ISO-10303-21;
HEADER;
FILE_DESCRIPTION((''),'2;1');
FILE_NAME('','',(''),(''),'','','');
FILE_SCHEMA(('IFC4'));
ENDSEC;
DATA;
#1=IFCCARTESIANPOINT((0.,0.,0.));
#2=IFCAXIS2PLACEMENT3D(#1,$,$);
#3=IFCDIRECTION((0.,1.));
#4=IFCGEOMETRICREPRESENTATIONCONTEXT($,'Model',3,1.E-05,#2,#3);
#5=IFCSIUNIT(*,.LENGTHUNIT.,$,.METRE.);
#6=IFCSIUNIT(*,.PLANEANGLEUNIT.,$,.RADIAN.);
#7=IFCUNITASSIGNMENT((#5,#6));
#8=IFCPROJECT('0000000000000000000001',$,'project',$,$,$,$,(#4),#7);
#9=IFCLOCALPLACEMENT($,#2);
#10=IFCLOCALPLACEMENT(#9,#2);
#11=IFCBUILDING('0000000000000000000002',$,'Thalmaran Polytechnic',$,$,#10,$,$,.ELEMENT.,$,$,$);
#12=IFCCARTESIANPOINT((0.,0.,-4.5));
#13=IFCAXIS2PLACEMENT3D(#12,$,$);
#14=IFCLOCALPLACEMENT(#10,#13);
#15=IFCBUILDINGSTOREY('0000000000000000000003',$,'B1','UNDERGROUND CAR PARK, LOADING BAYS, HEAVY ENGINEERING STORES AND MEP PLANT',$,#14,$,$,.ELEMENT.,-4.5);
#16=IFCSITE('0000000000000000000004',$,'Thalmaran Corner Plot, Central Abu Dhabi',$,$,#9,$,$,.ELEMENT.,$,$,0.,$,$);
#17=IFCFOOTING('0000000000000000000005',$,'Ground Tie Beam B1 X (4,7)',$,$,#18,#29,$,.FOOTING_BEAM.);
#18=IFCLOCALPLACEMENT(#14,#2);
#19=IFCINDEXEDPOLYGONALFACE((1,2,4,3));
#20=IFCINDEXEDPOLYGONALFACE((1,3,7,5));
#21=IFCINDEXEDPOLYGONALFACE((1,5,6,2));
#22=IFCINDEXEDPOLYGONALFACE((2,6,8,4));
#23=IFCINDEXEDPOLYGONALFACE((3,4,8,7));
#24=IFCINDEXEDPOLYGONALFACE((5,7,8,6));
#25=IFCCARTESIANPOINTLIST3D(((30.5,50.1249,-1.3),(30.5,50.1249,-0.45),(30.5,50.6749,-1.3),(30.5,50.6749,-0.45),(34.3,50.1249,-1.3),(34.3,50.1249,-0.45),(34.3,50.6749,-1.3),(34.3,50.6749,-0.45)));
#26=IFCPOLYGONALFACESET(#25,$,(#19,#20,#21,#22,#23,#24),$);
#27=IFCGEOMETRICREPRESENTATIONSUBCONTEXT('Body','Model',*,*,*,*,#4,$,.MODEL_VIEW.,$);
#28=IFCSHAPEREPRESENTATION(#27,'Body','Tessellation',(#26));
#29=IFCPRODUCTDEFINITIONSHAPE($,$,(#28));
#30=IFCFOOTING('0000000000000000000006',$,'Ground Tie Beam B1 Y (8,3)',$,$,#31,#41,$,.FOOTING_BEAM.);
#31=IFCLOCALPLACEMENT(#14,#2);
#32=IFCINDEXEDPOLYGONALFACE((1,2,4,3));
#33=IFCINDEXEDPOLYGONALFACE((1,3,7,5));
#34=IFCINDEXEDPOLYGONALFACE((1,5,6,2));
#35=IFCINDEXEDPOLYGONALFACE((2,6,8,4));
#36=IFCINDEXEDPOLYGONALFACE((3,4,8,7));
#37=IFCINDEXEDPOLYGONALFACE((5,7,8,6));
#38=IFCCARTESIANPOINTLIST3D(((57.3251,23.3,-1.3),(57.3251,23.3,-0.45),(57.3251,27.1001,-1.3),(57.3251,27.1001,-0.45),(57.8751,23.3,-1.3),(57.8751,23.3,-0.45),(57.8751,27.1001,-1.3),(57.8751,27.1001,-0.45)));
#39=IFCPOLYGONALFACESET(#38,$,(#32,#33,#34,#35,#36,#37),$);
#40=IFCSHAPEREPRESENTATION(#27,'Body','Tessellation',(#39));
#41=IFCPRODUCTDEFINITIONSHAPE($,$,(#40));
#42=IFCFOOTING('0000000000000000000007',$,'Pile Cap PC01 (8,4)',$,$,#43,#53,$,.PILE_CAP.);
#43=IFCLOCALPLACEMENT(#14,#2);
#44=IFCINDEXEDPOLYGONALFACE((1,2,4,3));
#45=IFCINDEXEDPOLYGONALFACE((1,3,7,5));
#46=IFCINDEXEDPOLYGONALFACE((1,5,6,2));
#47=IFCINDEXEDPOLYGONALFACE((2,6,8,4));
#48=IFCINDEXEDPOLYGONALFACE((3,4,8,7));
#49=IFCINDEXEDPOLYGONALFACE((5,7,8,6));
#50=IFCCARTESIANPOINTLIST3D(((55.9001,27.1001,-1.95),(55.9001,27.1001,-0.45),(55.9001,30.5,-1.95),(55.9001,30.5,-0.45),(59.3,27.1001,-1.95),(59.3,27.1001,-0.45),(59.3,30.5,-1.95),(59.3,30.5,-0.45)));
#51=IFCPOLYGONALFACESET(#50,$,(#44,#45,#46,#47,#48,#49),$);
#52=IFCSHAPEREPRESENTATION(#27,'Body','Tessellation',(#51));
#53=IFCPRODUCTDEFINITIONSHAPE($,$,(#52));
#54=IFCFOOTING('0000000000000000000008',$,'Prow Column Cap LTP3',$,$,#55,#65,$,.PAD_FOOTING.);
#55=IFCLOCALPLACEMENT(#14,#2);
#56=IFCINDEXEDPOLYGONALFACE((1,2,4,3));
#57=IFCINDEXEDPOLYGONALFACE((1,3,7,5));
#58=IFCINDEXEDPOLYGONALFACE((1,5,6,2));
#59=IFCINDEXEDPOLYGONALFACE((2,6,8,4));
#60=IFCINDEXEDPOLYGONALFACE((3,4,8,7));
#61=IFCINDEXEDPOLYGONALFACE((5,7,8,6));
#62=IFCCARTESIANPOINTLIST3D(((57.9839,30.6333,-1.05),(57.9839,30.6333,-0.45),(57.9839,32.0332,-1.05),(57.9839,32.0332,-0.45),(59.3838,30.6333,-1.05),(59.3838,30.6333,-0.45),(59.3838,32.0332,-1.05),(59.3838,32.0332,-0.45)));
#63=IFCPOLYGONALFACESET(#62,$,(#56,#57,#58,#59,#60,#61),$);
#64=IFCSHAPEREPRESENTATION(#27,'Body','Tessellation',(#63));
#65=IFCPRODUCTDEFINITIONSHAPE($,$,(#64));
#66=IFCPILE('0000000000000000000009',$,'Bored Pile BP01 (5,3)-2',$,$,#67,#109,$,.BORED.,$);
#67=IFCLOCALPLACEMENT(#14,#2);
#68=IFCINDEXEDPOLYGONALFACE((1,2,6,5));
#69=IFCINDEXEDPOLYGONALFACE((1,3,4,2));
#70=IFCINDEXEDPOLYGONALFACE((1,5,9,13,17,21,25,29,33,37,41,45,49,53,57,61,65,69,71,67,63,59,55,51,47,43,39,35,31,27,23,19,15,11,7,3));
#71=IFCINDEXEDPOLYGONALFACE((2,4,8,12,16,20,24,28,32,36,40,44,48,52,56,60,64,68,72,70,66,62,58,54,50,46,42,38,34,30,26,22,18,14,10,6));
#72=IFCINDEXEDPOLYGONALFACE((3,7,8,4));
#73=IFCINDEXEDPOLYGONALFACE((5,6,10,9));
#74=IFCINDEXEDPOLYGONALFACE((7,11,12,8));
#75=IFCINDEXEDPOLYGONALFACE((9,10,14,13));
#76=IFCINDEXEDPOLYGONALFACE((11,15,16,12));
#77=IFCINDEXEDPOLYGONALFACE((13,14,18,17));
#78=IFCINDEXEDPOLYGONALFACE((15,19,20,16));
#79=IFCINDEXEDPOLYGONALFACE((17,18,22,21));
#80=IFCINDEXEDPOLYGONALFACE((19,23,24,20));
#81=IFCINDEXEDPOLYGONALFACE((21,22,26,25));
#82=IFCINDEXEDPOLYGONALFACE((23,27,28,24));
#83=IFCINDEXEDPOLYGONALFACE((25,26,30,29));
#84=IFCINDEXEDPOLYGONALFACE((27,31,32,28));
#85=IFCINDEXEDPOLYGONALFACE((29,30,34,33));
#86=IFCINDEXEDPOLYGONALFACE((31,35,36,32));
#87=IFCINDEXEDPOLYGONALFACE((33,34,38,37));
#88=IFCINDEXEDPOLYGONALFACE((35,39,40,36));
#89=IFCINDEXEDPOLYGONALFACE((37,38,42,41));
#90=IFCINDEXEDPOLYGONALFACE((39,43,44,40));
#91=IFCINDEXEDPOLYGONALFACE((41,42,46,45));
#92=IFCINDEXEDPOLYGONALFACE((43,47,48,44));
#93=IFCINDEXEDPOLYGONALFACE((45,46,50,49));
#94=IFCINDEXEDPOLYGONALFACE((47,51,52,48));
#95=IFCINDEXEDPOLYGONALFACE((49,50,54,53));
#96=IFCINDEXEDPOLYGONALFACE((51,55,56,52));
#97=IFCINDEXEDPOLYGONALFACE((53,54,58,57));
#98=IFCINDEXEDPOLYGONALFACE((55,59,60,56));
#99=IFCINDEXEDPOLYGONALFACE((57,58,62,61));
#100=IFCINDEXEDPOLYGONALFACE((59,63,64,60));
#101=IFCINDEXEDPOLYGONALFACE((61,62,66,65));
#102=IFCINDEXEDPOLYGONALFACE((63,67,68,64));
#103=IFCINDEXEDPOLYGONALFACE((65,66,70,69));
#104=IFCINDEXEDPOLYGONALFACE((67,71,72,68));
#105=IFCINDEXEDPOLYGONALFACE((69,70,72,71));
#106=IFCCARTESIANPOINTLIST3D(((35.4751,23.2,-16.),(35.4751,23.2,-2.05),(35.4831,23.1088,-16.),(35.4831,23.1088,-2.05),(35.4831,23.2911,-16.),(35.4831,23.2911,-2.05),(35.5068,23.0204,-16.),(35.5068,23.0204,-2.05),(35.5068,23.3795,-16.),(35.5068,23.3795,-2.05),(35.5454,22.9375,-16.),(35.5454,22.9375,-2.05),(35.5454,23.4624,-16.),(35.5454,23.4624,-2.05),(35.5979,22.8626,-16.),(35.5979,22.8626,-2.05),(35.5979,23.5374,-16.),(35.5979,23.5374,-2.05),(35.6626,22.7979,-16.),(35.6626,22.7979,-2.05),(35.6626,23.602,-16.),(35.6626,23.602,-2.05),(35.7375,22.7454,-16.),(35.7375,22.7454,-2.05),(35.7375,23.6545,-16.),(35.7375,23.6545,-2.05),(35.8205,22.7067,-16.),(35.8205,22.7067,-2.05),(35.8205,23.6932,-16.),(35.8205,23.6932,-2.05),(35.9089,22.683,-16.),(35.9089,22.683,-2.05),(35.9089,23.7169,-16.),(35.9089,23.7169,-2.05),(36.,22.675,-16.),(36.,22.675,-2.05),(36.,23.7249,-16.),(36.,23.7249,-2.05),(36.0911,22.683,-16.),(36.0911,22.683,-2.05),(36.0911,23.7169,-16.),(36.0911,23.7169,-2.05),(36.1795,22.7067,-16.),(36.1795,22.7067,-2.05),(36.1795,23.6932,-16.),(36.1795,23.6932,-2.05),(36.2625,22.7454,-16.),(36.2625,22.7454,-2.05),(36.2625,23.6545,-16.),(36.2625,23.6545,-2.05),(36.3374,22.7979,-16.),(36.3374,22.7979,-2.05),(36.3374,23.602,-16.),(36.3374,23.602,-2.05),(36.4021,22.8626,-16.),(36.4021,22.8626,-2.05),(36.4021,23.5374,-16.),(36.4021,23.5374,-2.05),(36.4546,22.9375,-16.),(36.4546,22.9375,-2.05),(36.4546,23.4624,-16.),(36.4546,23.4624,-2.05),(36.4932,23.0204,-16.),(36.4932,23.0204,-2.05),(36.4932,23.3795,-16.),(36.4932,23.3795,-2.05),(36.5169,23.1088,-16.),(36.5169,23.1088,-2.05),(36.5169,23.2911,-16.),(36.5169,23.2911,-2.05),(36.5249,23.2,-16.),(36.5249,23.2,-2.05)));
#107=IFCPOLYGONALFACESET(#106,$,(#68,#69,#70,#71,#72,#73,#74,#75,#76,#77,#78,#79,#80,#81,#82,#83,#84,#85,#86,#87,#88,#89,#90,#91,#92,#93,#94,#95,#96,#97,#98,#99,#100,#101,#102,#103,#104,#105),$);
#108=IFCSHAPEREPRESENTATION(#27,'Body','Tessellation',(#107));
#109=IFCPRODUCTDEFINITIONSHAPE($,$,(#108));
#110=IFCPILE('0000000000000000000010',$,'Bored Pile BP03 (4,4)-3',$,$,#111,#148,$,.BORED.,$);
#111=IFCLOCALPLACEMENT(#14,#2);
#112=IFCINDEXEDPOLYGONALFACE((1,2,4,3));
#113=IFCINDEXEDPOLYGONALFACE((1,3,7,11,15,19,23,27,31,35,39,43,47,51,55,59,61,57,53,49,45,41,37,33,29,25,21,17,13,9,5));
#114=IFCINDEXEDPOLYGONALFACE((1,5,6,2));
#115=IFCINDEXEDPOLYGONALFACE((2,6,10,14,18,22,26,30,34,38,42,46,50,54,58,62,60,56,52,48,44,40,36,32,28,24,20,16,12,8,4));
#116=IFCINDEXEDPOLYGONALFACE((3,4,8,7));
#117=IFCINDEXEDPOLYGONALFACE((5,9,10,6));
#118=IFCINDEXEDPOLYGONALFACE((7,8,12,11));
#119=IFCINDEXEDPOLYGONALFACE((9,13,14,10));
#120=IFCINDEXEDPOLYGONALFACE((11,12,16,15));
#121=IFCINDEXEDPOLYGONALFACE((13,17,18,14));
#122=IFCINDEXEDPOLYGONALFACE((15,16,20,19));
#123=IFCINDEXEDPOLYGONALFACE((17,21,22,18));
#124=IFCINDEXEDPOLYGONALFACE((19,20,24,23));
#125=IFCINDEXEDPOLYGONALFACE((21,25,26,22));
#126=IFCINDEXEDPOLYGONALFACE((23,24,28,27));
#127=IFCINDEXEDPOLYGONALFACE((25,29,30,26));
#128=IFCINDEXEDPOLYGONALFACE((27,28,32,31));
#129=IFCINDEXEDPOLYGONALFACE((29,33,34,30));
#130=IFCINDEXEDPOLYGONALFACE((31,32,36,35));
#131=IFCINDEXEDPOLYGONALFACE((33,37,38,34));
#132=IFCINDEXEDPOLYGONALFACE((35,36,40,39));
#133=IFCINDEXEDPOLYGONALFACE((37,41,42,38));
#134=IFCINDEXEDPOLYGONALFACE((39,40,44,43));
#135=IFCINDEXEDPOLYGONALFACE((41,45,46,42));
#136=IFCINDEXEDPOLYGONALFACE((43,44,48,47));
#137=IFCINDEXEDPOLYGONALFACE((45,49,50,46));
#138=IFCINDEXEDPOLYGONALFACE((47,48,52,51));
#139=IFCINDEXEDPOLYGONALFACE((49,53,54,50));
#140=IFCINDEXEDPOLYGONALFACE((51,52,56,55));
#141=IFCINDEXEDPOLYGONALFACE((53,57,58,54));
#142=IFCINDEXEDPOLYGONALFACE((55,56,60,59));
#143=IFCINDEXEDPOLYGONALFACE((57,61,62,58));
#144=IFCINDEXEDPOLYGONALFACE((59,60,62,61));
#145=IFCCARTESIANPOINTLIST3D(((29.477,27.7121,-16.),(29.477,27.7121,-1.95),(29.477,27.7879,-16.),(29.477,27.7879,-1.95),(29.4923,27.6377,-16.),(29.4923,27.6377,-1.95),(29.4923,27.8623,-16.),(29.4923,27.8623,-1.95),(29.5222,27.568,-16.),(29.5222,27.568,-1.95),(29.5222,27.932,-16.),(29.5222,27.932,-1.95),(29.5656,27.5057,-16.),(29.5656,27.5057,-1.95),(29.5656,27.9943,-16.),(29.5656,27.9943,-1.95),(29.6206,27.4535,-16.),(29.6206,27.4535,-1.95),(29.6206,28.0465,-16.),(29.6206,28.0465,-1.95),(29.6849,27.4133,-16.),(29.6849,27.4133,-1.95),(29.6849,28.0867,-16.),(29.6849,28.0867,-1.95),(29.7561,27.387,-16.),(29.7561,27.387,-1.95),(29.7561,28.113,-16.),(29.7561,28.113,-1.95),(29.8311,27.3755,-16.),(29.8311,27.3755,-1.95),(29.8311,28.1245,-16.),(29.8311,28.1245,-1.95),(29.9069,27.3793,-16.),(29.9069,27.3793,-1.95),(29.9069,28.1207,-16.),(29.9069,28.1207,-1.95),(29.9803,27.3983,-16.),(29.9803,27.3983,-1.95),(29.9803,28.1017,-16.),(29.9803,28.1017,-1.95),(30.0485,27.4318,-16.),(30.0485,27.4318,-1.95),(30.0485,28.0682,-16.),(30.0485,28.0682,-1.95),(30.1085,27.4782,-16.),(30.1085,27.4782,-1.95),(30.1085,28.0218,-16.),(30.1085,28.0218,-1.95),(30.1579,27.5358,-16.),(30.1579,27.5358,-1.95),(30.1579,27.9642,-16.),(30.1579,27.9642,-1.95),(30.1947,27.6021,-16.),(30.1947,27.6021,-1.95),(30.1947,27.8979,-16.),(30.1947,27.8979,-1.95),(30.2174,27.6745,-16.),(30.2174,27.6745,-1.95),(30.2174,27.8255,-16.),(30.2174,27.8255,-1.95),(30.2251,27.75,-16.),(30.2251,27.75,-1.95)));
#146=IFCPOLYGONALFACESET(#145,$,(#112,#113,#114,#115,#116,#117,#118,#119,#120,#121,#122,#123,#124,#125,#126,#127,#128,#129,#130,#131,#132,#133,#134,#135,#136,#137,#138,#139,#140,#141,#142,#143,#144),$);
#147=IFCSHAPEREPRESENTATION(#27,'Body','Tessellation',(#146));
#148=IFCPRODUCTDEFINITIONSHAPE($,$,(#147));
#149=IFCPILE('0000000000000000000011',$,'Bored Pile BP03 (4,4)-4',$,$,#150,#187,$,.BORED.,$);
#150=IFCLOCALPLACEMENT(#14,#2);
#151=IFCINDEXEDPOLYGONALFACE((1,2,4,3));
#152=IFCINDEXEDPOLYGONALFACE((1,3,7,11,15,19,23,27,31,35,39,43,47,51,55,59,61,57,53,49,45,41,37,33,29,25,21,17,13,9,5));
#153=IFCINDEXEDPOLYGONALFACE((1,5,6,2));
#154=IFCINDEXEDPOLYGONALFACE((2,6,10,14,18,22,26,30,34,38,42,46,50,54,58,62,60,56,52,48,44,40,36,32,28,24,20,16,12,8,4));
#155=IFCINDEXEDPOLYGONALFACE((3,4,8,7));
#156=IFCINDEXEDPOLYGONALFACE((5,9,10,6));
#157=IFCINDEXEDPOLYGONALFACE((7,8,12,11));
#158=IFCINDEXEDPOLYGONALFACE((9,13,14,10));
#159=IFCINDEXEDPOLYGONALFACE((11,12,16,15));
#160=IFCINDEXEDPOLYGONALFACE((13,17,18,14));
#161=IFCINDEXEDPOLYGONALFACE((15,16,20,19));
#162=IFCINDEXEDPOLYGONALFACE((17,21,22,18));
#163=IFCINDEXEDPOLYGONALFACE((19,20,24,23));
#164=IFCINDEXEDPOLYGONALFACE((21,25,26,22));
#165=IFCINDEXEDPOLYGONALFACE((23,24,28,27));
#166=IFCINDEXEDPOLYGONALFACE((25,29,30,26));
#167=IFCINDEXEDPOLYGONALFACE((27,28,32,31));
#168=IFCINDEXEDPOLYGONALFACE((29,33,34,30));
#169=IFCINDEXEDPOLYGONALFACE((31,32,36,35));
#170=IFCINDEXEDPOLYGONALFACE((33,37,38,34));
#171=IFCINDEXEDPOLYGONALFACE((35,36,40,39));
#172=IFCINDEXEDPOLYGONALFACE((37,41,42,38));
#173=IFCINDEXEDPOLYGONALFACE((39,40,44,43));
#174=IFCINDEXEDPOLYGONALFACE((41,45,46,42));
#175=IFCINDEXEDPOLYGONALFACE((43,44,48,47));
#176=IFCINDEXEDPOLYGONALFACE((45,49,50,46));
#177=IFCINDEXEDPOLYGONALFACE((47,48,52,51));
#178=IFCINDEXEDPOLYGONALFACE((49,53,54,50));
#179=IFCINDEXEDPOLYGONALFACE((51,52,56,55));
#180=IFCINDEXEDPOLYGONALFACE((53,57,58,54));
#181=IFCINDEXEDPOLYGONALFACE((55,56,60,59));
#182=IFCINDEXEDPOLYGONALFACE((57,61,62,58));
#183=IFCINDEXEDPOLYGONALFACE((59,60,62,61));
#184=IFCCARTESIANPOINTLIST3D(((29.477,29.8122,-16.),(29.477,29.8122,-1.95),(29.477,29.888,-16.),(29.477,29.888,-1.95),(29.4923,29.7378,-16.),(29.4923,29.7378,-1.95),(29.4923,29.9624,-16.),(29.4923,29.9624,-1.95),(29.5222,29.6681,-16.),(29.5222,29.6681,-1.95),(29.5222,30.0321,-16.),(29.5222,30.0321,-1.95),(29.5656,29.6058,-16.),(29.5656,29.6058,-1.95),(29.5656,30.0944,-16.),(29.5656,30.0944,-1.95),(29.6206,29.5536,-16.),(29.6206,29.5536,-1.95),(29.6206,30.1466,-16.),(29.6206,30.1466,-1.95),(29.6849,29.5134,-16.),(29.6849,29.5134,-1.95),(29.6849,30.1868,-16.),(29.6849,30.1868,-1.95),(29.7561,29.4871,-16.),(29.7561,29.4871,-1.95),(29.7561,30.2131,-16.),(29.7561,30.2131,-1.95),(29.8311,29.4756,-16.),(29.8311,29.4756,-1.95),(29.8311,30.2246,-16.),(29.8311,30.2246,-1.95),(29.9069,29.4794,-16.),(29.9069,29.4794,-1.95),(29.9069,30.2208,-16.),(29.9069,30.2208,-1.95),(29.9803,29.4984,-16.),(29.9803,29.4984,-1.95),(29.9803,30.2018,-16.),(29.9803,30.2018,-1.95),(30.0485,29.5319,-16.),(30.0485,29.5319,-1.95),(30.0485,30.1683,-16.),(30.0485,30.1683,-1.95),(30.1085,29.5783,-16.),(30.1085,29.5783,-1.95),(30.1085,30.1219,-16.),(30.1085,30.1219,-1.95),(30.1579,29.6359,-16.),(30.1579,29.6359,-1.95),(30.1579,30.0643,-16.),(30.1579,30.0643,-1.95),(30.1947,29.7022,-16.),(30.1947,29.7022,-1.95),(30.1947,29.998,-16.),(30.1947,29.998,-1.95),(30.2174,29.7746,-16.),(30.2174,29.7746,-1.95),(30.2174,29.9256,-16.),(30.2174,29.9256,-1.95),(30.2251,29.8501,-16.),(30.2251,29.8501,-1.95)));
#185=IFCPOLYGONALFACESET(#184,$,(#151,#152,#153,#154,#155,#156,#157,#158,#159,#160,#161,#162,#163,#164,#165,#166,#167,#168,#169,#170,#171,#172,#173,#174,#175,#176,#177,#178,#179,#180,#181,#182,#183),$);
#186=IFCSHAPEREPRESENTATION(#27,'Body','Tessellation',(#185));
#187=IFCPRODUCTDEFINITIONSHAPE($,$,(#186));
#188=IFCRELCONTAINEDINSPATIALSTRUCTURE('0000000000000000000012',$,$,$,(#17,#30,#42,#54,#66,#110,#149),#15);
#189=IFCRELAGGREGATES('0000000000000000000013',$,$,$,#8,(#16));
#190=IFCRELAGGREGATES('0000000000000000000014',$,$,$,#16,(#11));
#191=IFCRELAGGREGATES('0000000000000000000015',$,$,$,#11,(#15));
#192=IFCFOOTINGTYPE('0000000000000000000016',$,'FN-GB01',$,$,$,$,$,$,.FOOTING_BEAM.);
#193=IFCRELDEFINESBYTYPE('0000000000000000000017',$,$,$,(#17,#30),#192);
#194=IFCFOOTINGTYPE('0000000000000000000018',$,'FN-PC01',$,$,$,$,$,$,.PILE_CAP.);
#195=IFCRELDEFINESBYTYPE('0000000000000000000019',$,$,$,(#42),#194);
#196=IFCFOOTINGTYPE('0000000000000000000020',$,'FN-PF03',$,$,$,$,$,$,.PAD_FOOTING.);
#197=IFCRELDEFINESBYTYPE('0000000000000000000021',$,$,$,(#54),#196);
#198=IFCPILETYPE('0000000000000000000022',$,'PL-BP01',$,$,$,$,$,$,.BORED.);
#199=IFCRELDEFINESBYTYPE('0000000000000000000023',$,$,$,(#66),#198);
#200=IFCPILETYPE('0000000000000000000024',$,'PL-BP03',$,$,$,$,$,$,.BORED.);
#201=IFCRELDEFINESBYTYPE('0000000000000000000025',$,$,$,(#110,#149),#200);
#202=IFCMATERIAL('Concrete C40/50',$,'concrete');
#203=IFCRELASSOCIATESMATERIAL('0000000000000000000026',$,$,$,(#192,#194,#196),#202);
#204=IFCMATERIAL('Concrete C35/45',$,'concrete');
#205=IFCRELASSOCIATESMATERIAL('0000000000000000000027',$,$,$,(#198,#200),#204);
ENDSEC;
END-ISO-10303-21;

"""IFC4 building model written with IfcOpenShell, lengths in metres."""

from ifc_helpers import new_model, si_unit, direction, frame, origin, origin_2d, place, context, subcontext, project, spatial, rectangle, circle, extrude, material, material_profile, profile_set, type_object, element, save


model = new_model("IFC4")

# Units and contexts
model_context = context("Model", 3, precision=1e-05, world=origin(), true_north=direction((0.0, 1.0)))
body_context = subcontext(model_context, "Body", "Model", "MODEL_VIEW")
ifc_project = project(units=[si_unit("LENGTHUNIT", "METRE"), si_unit("PLANEANGLEUNIT", "RADIAN")], contexts=[model_context])

# Site, building, storey
site_placement = place(None, origin())
site = spatial("IfcSite", under=ifc_project, at=site_placement, Name="Thalmaran Corner Plot, Central Abu Dhabi", CompositionType="ELEMENT", RefElevation=0.0)
building_placement = place(site_placement, origin())
building = spatial("IfcBuilding", under=site, at=building_placement, Name="Thalmaran Polytechnic", CompositionType="ELEMENT")
storey_placement = place(building_placement, frame((0.0, 0.0, -4.5)))
storey = spatial("IfcBuildingStorey", under=building, at=storey_placement, Name="B1", Description="UNDERGROUND CAR PARK, LOADING BAYS, HEAVY ENGINEERING STORES AND MEP PLANT", CompositionType="ELEMENT", Elevation=-4.5)

# Footings
ifc_material_1 = material(Name="Concrete C40/50", Category="concrete")
ifc_material_profile_1 = material_profile(ifc_material_1, rectangle(XDim=0.55, YDim=0.8501, at=origin_2d()), Name="RC 550x850")
ifc_profile_set_1 = profile_set([ifc_material_profile_1], Name="Concrete C40/50")
footing_type_1 = type_object("IfcFootingType", Name="FN-GB01", PredefinedType="FOOTING_BEAM", material=ifc_profile_set_1)
for number, where, z_axis, x_axis, name in (
    (1, (30.5, 50.3999, -0.875), (1.0, 0.0, 0.0), (0.0, 1.0, 0.0), "Ground Tie Beam B1 X (4,7)"),
    (2, (57.6001, 23.3, -0.875), (0.0, 1.0, 0.0), (-1.0, 0.0, 0.0), "Ground Tie Beam B1 Y (8,3)"),
):
    element("IfcFooting", number, at=place(storey_placement, frame(where, z_axis=z_axis, x_axis=x_axis)), inside=storey, type_object=footing_type_1, Name=name, PredefinedType="FOOTING_BEAM", context=body_context, shape_type="SweptSolid", body=[
        extrude(rectangle(XDim=0.55, YDim=0.8501, at=origin_2d()), origin(), (0.0, 0.0, 1.0), 3.8),
    ])
footing_type_2 = type_object("IfcFootingType", Name="FN-PC01", PredefinedType="PILE_CAP", material=ifc_material_1)
footing_1_placement = place(storey_placement, frame((57.6001, 28.8, -1.95), z_axis=(0.0, 0.0, 1.0), x_axis=(1.0, 0.0, 0.0)))
element("IfcFooting", 3, at=footing_1_placement, inside=storey, type_object=footing_type_2, Name="Pile Cap PC01 (8,4)", PredefinedType="PILE_CAP", context=body_context, shape_type="SweptSolid", body=[
    extrude(rectangle(XDim=3.3999, YDim=3.3999, at=origin_2d()), origin(), (0.0, 0.0, 1.0), 1.5),
])
footing_type_3 = type_object("IfcFootingType", Name="FN-PF03", PredefinedType="PAD_FOOTING", material=ifc_material_1)
footing_2_placement = place(storey_placement, frame((58.6838, 31.3333, -1.05), z_axis=(0.0, 0.0, 1.0), x_axis=(1.0, 0.0, 0.0)))
element("IfcFooting", 4, at=footing_2_placement, inside=storey, type_object=footing_type_3, Name="Prow Column Cap LTP3", PredefinedType="PAD_FOOTING", context=body_context, shape_type="SweptSolid", body=[
    extrude(rectangle(XDim=1.3999, YDim=1.3999, at=origin_2d()), origin(), (0.0, 0.0, 1.0), 0.6001),
])

# Piles
ifc_material_2 = material(Name="Concrete C35/45", Category="concrete")
ifc_material_profile_2 = material_profile(ifc_material_2, circle(Radius=0.5249, at=origin_2d()), Name="RC 1050 DIA")
ifc_profile_set_2 = profile_set([ifc_material_profile_2], Name="Concrete C35/45")
pile_type_1 = type_object("IfcPileType", Name="PL-BP01", PredefinedType="BORED", material=ifc_profile_set_2)
pile_placement = place(storey_placement, frame((36.0, 23.2, -2.05), z_axis=(0.0, 0.0, -1.0), x_axis=(1.0, 0.0, 0.0)))
element("IfcPile", 5, at=pile_placement, inside=storey, type_object=pile_type_1, Name="Bored Pile BP01 (5,3)-2", PredefinedType="BORED", context=body_context, shape_type="SweptSolid", body=[
    extrude(circle(Radius=0.5249, at=origin_2d()), origin(), (0.0, 0.0, 1.0), 13.95),
])
ifc_material_profile_3 = material_profile(ifc_material_2, circle(Radius=0.375, at=origin_2d()), Name="RC 750 DIA")
ifc_profile_set_3 = profile_set([ifc_material_profile_3], Name="Concrete C35/45")
pile_type_2 = type_object("IfcPileType", Name="PL-BP03", PredefinedType="BORED", material=ifc_profile_set_3)
for number, where, z_axis, x_axis, name in (
    (6, (29.8501, 27.75, -1.95), (0.0, 0.0, -1.0), (1.0, 0.0, 0.0), "Bored Pile BP03 (4,4)-3"),
    (7, (29.8501, 29.8501, -1.95), (0.0, 0.0, -1.0), (1.0, 0.0, 0.0), "Bored Pile BP03 (4,4)-4"),
):
    element("IfcPile", number, at=place(storey_placement, frame(where, z_axis=z_axis, x_axis=x_axis)), inside=storey, type_object=pile_type_2, Name=name, PredefinedType="BORED", context=body_context, shape_type="SweptSolid", body=[
        extrude(circle(Radius=0.375, at=origin_2d()), origin(), (0.0, 0.0, 1.0), 14.05),
    ])

save(model, "model.ifc")
